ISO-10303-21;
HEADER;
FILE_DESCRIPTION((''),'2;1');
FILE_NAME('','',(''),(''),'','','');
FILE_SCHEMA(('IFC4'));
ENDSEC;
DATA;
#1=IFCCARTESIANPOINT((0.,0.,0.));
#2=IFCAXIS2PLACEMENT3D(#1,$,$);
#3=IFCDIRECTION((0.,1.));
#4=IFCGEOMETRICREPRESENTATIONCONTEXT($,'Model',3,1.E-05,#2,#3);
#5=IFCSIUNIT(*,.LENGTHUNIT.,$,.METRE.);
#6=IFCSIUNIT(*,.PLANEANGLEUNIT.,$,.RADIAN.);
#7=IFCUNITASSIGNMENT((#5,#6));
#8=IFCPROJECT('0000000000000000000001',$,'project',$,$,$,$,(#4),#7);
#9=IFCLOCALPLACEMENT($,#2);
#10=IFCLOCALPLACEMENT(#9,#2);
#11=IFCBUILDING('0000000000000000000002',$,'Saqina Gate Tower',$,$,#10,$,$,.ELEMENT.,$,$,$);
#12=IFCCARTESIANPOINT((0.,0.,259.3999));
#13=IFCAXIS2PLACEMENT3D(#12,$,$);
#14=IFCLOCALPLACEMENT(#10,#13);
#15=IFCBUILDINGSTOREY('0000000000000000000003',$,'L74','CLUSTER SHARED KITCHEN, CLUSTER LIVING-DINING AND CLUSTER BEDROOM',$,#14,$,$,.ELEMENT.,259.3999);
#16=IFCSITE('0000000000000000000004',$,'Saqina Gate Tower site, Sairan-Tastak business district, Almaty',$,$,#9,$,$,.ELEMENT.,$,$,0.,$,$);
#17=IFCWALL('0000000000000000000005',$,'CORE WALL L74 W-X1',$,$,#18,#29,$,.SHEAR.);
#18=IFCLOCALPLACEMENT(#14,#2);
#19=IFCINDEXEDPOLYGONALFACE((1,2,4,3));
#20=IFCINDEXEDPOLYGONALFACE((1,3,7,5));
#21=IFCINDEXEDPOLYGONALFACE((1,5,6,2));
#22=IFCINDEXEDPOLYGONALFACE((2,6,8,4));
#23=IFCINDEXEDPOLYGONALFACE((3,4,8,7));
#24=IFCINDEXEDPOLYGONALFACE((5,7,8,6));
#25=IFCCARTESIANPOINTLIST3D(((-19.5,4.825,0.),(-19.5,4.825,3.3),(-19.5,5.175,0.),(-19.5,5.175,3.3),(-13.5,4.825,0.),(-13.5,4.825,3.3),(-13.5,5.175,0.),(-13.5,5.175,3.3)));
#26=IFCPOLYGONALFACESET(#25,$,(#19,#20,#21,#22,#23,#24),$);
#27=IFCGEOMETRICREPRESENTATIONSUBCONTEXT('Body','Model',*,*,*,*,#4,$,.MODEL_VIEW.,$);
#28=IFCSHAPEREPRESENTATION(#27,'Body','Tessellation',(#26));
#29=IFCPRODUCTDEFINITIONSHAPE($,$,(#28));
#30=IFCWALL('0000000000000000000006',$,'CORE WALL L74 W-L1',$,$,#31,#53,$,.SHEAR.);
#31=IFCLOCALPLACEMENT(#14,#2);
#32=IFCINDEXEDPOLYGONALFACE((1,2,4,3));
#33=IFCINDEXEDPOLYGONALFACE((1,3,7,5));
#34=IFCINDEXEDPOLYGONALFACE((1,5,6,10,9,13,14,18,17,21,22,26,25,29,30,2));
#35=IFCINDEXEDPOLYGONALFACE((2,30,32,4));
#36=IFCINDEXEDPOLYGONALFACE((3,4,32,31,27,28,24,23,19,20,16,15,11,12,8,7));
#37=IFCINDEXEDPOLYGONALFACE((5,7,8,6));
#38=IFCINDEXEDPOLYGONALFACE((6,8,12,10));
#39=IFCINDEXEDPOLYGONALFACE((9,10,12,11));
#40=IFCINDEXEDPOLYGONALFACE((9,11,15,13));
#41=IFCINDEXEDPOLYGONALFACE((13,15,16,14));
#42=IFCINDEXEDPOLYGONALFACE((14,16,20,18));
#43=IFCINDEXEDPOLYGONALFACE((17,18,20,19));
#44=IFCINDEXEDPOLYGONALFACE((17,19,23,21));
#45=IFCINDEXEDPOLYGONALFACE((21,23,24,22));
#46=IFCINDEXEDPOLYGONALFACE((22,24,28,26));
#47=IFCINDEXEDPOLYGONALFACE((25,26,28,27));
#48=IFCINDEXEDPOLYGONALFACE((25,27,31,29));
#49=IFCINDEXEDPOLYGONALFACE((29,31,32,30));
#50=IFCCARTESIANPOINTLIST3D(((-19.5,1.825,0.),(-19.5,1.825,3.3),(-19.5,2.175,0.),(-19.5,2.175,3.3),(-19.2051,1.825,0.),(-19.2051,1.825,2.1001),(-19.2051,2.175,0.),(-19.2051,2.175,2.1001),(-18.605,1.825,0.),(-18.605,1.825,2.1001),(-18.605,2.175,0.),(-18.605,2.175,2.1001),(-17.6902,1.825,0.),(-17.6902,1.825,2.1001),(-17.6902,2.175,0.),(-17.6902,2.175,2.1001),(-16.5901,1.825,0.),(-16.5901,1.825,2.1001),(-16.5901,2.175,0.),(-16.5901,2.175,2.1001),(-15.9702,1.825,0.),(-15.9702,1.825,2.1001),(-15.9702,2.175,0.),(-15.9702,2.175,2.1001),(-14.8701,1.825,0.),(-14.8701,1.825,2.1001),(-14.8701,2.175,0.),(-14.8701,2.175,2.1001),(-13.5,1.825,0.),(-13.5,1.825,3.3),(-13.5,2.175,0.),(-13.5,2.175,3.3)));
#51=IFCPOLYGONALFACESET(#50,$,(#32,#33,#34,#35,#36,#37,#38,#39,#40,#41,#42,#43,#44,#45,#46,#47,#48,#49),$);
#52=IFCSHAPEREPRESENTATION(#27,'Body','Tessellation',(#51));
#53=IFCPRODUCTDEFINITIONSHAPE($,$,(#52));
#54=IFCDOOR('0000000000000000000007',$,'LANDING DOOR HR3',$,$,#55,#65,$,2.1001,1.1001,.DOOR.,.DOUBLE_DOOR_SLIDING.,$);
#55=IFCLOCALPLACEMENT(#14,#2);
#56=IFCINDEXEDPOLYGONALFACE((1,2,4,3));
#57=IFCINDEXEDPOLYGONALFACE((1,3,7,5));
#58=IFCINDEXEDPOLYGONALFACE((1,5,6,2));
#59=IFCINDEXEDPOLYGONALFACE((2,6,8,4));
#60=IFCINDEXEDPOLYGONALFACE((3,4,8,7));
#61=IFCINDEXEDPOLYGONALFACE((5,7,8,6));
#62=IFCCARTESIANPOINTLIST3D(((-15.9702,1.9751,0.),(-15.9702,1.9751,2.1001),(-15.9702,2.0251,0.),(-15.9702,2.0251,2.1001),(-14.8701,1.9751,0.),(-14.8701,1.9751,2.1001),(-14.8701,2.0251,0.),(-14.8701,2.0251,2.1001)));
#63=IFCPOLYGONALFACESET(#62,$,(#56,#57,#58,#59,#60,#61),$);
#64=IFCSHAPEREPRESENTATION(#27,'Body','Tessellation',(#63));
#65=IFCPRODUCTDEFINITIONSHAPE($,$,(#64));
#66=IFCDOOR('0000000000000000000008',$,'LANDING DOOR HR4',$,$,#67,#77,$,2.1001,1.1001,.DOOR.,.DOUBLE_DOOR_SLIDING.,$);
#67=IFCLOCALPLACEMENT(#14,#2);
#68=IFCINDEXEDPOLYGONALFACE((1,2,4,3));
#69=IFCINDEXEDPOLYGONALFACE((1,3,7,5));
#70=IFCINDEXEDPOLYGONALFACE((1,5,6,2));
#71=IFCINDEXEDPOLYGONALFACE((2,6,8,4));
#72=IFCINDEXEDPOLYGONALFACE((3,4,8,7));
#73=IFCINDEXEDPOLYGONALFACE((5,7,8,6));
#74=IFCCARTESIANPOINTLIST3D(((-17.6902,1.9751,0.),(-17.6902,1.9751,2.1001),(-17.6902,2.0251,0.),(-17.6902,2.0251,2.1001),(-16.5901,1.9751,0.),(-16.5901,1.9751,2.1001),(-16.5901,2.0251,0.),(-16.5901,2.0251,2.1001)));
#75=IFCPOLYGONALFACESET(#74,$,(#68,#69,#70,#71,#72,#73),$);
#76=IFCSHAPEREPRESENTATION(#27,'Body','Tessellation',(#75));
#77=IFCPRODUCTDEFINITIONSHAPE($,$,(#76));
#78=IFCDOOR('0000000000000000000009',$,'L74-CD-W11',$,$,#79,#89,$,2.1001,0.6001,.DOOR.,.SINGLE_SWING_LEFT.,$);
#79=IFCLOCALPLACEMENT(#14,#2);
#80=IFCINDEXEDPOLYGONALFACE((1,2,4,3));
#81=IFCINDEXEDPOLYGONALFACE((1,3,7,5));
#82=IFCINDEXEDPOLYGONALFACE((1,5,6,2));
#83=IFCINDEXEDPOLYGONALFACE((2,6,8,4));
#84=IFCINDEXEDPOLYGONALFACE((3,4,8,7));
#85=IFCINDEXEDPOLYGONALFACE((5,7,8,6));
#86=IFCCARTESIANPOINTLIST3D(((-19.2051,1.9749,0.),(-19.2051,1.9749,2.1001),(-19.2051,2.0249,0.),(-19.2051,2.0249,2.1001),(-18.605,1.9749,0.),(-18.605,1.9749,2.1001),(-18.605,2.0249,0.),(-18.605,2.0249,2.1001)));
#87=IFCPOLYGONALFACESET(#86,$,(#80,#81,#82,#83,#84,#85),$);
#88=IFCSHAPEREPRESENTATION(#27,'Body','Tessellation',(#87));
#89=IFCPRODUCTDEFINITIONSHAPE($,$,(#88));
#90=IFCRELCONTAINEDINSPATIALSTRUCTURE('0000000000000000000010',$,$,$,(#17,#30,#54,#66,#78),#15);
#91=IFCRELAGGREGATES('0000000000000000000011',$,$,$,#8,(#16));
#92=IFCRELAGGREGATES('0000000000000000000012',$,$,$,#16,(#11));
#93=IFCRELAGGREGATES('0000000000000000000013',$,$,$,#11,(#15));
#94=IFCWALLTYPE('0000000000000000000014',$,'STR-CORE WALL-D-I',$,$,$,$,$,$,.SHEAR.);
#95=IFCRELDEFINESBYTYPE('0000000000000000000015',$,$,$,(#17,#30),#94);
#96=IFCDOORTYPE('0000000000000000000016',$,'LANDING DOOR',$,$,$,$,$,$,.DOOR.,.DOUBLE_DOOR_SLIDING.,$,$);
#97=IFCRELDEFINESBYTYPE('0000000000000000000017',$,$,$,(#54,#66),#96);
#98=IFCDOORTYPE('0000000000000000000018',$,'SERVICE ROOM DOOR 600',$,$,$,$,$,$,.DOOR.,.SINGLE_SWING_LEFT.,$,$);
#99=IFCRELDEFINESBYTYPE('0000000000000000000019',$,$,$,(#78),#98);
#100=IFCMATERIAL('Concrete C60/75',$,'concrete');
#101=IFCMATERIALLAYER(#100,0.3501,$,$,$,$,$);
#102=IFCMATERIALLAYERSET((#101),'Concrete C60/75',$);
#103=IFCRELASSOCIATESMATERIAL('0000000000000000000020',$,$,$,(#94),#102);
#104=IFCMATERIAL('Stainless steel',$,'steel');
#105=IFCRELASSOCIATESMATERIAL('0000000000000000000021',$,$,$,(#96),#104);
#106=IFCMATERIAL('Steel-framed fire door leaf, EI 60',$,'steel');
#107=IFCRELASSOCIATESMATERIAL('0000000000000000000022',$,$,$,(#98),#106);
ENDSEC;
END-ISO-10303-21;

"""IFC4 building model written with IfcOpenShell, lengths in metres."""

from ifc_helpers import new_model, si_unit, direction, frame, frame_2d, origin, place, context, subcontext, project, spatial, rectangle, extrude, material, layer, layer_set, type_object, element, fill, save


model = new_model("IFC4")

# Units and contexts
model_context = context("Model", 3, precision=1e-05, world=origin(), true_north=direction((0.0, 1.0)))
body_context = subcontext(model_context, "Body", "Model", "MODEL_VIEW")
ifc_project = project(units=[si_unit("LENGTHUNIT", "METRE"), si_unit("PLANEANGLEUNIT", "RADIAN")], contexts=[model_context])

# Site, building, storey
site_placement = place(None, origin())
site = spatial("IfcSite", under=ifc_project, at=site_placement, Name="Saqina Gate Tower site, Sairan-Tastak business district, Almaty", CompositionType="ELEMENT", RefElevation=0.0)
building_placement = place(site_placement, origin())
building = spatial("IfcBuilding", under=site, at=building_placement, Name="Saqina Gate Tower", CompositionType="ELEMENT")
storey_placement = place(building_placement, frame((0.0, 0.0, 259.3999)))
storey = spatial("IfcBuildingStorey", under=building, at=storey_placement, Name="L74", Description="CLUSTER SHARED KITCHEN, CLUSTER LIVING-DINING AND CLUSTER BEDROOM", CompositionType="ELEMENT", Elevation=259.3999)

# Wall
ifc_material_1 = material(Name="Concrete C60/75", Category="concrete")
ifc_layer_1 = layer(ifc_material_1, 0.3501)
ifc_layer_set_1 = layer_set([ifc_layer_1], Name="Concrete C60/75")
wall_type_1 = type_object("IfcWallType", Name="STR-CORE WALL-D-I", PredefinedType="SHEAR", material=ifc_layer_set_1)
wall_1_placement = place(storey_placement, frame((-13.5, 5.0, 0.0), z_axis=(0.0, 0.0, 1.0), x_axis=(-1.0, 0.0, 0.0)))
element("IfcWall", 1, at=wall_1_placement, inside=storey, type_object=wall_type_1, Name="CORE WALL L74 W-X1", PredefinedType="SHEAR", context=body_context, shape_type="SweptSolid", body=[
    extrude(rectangle(XDim=6.0, YDim=0.3501, at=frame_2d((3.0, 0.0))), origin(), (0.0, 0.0, 1.0), 3.3),
])

# Wall, openings, doors
wall_2_placement = place(storey_placement, frame((-13.5, 2.0, 0.0), z_axis=(0.0, 0.0, 1.0), x_axis=(-1.0, 0.0, 0.0)))
wall_2 = element("IfcWall", 2, at=wall_2_placement, inside=storey, type_object=wall_type_1, Name="CORE WALL L74 W-L1", PredefinedType="SHEAR", context=body_context, shape_type="SweptSolid", body=[
    extrude(rectangle(XDim=6.0, YDim=0.3501, at=frame_2d((3.0, 0.0))), origin(), (0.0, 0.0, 1.0), 3.3),
])
opening_1_placement = place(wall_2_placement, frame((1.3701, 0.0, 0.0)))
opening_1 = element("IfcOpeningElement", 3, at=opening_1_placement, cuts=wall_2, PredefinedType="OPENING", context=body_context, shape_type="SweptSolid", body=[
    extrude(rectangle(XDim=1.1001, YDim=2.1001, at=frame_2d((0.55, 1.05))), frame((0.0, 0.187, 0.0), z_axis=(0.0, -1.0, 0.0), x_axis=(1.0, 0.0, 0.0)), (0.0, 0.0, 1.0), 0.374),
])
opening_2_placement = place(wall_2_placement, frame((3.0901, 0.0, 0.0)))
opening_2 = element("IfcOpeningElement", 4, at=opening_2_placement, cuts=wall_2, PredefinedType="OPENING", context=body_context, shape_type="SweptSolid", body=[
    extrude(rectangle(XDim=1.1001, YDim=2.1001, at=frame_2d((0.55, 1.05))), frame((0.0, 0.187, 0.0), z_axis=(0.0, -1.0, 0.0), x_axis=(1.0, 0.0, 0.0)), (0.0, 0.0, 1.0), 0.374),
])
opening_3_placement = place(wall_2_placement, frame((5.105, 0.0, 0.0)))
opening_3 = element("IfcOpeningElement", 5, at=opening_3_placement, cuts=wall_2, PredefinedType="OPENING", context=body_context, shape_type="SweptSolid", body=[
    extrude(rectangle(XDim=0.6001, YDim=2.1001, at=frame_2d((0.3, 1.05))), frame((0.0, 0.187, 0.0), z_axis=(0.0, -1.0, 0.0), x_axis=(1.0, 0.0, 0.0)), (0.0, 0.0, 1.0), 0.374),
])
ifc_material_2 = material(Name="Stainless steel", Category="steel")
door_type_1 = type_object("IfcDoorType", Name="LANDING DOOR", OperationType="DOUBLE_DOOR_SLIDING", PredefinedType="DOOR", material=ifc_material_2)
door_1_placement = place(opening_1_placement, origin())
door_1 = element("IfcDoor", 6, at=door_1_placement, inside=storey, type_object=door_type_1, Name="LANDING DOOR HR3", OperationType="DOUBLE_DOOR_SLIDING", OverallHeight=2.1001, OverallWidth=1.1001, PredefinedType="DOOR", context=body_context, shape_type="SweptSolid", body=[
    extrude(rectangle(XDim=1.1001, YDim=2.1001, at=frame_2d((0.55, 1.05))), frame((0.0, 0.0249, 0.0), z_axis=(0.0, -1.0, 0.0), x_axis=(1.0, 0.0, 0.0)), (0.0, 0.0, 1.0), 0.05),
])
fill(opening_1, door_1)
door_2_placement = place(opening_2_placement, origin())
door_2 = element("IfcDoor", 7, at=door_2_placement, inside=storey, type_object=door_type_1, Name="LANDING DOOR HR4", OperationType="DOUBLE_DOOR_SLIDING", OverallHeight=2.1001, OverallWidth=1.1001, PredefinedType="DOOR", context=body_context, shape_type="SweptSolid", body=[
    extrude(rectangle(XDim=1.1001, YDim=2.1001, at=frame_2d((0.55, 1.05))), frame((0.0, 0.0249, 0.0), z_axis=(0.0, -1.0, 0.0), x_axis=(1.0, 0.0, 0.0)), (0.0, 0.0, 1.0), 0.05),
])
fill(opening_2, door_2)
ifc_material_3 = material(Name="Steel-framed fire door leaf, EI 60", Category="steel")
door_type_2 = type_object("IfcDoorType", Name="SERVICE ROOM DOOR 600", OperationType="SINGLE_SWING_LEFT", PredefinedType="DOOR", material=ifc_material_3)
door_3_placement = place(opening_3_placement, frame((0.6001, 0.0, 0.0), z_axis=(0.0, 0.0, 1.0), x_axis=(-1.0, 0.0, 0.0)))
door_3 = element("IfcDoor", 8, at=door_3_placement, inside=storey, type_object=door_type_2, Name="L74-CD-W11", OperationType="SINGLE_SWING_LEFT", OverallHeight=2.1001, OverallWidth=0.6001, PredefinedType="DOOR", context=body_context, shape_type="SweptSolid", body=[
    extrude(rectangle(XDim=0.6001, YDim=2.1001, at=frame_2d((0.3, 1.05))), frame((0.0, 0.0249, 0.0), z_axis=(0.0, -1.0, 0.0), x_axis=(1.0, 0.0, 0.0)), (0.0, 0.0, 1.0), 0.05),
])
fill(opening_3, door_3)

save(model, "model.ifc")
